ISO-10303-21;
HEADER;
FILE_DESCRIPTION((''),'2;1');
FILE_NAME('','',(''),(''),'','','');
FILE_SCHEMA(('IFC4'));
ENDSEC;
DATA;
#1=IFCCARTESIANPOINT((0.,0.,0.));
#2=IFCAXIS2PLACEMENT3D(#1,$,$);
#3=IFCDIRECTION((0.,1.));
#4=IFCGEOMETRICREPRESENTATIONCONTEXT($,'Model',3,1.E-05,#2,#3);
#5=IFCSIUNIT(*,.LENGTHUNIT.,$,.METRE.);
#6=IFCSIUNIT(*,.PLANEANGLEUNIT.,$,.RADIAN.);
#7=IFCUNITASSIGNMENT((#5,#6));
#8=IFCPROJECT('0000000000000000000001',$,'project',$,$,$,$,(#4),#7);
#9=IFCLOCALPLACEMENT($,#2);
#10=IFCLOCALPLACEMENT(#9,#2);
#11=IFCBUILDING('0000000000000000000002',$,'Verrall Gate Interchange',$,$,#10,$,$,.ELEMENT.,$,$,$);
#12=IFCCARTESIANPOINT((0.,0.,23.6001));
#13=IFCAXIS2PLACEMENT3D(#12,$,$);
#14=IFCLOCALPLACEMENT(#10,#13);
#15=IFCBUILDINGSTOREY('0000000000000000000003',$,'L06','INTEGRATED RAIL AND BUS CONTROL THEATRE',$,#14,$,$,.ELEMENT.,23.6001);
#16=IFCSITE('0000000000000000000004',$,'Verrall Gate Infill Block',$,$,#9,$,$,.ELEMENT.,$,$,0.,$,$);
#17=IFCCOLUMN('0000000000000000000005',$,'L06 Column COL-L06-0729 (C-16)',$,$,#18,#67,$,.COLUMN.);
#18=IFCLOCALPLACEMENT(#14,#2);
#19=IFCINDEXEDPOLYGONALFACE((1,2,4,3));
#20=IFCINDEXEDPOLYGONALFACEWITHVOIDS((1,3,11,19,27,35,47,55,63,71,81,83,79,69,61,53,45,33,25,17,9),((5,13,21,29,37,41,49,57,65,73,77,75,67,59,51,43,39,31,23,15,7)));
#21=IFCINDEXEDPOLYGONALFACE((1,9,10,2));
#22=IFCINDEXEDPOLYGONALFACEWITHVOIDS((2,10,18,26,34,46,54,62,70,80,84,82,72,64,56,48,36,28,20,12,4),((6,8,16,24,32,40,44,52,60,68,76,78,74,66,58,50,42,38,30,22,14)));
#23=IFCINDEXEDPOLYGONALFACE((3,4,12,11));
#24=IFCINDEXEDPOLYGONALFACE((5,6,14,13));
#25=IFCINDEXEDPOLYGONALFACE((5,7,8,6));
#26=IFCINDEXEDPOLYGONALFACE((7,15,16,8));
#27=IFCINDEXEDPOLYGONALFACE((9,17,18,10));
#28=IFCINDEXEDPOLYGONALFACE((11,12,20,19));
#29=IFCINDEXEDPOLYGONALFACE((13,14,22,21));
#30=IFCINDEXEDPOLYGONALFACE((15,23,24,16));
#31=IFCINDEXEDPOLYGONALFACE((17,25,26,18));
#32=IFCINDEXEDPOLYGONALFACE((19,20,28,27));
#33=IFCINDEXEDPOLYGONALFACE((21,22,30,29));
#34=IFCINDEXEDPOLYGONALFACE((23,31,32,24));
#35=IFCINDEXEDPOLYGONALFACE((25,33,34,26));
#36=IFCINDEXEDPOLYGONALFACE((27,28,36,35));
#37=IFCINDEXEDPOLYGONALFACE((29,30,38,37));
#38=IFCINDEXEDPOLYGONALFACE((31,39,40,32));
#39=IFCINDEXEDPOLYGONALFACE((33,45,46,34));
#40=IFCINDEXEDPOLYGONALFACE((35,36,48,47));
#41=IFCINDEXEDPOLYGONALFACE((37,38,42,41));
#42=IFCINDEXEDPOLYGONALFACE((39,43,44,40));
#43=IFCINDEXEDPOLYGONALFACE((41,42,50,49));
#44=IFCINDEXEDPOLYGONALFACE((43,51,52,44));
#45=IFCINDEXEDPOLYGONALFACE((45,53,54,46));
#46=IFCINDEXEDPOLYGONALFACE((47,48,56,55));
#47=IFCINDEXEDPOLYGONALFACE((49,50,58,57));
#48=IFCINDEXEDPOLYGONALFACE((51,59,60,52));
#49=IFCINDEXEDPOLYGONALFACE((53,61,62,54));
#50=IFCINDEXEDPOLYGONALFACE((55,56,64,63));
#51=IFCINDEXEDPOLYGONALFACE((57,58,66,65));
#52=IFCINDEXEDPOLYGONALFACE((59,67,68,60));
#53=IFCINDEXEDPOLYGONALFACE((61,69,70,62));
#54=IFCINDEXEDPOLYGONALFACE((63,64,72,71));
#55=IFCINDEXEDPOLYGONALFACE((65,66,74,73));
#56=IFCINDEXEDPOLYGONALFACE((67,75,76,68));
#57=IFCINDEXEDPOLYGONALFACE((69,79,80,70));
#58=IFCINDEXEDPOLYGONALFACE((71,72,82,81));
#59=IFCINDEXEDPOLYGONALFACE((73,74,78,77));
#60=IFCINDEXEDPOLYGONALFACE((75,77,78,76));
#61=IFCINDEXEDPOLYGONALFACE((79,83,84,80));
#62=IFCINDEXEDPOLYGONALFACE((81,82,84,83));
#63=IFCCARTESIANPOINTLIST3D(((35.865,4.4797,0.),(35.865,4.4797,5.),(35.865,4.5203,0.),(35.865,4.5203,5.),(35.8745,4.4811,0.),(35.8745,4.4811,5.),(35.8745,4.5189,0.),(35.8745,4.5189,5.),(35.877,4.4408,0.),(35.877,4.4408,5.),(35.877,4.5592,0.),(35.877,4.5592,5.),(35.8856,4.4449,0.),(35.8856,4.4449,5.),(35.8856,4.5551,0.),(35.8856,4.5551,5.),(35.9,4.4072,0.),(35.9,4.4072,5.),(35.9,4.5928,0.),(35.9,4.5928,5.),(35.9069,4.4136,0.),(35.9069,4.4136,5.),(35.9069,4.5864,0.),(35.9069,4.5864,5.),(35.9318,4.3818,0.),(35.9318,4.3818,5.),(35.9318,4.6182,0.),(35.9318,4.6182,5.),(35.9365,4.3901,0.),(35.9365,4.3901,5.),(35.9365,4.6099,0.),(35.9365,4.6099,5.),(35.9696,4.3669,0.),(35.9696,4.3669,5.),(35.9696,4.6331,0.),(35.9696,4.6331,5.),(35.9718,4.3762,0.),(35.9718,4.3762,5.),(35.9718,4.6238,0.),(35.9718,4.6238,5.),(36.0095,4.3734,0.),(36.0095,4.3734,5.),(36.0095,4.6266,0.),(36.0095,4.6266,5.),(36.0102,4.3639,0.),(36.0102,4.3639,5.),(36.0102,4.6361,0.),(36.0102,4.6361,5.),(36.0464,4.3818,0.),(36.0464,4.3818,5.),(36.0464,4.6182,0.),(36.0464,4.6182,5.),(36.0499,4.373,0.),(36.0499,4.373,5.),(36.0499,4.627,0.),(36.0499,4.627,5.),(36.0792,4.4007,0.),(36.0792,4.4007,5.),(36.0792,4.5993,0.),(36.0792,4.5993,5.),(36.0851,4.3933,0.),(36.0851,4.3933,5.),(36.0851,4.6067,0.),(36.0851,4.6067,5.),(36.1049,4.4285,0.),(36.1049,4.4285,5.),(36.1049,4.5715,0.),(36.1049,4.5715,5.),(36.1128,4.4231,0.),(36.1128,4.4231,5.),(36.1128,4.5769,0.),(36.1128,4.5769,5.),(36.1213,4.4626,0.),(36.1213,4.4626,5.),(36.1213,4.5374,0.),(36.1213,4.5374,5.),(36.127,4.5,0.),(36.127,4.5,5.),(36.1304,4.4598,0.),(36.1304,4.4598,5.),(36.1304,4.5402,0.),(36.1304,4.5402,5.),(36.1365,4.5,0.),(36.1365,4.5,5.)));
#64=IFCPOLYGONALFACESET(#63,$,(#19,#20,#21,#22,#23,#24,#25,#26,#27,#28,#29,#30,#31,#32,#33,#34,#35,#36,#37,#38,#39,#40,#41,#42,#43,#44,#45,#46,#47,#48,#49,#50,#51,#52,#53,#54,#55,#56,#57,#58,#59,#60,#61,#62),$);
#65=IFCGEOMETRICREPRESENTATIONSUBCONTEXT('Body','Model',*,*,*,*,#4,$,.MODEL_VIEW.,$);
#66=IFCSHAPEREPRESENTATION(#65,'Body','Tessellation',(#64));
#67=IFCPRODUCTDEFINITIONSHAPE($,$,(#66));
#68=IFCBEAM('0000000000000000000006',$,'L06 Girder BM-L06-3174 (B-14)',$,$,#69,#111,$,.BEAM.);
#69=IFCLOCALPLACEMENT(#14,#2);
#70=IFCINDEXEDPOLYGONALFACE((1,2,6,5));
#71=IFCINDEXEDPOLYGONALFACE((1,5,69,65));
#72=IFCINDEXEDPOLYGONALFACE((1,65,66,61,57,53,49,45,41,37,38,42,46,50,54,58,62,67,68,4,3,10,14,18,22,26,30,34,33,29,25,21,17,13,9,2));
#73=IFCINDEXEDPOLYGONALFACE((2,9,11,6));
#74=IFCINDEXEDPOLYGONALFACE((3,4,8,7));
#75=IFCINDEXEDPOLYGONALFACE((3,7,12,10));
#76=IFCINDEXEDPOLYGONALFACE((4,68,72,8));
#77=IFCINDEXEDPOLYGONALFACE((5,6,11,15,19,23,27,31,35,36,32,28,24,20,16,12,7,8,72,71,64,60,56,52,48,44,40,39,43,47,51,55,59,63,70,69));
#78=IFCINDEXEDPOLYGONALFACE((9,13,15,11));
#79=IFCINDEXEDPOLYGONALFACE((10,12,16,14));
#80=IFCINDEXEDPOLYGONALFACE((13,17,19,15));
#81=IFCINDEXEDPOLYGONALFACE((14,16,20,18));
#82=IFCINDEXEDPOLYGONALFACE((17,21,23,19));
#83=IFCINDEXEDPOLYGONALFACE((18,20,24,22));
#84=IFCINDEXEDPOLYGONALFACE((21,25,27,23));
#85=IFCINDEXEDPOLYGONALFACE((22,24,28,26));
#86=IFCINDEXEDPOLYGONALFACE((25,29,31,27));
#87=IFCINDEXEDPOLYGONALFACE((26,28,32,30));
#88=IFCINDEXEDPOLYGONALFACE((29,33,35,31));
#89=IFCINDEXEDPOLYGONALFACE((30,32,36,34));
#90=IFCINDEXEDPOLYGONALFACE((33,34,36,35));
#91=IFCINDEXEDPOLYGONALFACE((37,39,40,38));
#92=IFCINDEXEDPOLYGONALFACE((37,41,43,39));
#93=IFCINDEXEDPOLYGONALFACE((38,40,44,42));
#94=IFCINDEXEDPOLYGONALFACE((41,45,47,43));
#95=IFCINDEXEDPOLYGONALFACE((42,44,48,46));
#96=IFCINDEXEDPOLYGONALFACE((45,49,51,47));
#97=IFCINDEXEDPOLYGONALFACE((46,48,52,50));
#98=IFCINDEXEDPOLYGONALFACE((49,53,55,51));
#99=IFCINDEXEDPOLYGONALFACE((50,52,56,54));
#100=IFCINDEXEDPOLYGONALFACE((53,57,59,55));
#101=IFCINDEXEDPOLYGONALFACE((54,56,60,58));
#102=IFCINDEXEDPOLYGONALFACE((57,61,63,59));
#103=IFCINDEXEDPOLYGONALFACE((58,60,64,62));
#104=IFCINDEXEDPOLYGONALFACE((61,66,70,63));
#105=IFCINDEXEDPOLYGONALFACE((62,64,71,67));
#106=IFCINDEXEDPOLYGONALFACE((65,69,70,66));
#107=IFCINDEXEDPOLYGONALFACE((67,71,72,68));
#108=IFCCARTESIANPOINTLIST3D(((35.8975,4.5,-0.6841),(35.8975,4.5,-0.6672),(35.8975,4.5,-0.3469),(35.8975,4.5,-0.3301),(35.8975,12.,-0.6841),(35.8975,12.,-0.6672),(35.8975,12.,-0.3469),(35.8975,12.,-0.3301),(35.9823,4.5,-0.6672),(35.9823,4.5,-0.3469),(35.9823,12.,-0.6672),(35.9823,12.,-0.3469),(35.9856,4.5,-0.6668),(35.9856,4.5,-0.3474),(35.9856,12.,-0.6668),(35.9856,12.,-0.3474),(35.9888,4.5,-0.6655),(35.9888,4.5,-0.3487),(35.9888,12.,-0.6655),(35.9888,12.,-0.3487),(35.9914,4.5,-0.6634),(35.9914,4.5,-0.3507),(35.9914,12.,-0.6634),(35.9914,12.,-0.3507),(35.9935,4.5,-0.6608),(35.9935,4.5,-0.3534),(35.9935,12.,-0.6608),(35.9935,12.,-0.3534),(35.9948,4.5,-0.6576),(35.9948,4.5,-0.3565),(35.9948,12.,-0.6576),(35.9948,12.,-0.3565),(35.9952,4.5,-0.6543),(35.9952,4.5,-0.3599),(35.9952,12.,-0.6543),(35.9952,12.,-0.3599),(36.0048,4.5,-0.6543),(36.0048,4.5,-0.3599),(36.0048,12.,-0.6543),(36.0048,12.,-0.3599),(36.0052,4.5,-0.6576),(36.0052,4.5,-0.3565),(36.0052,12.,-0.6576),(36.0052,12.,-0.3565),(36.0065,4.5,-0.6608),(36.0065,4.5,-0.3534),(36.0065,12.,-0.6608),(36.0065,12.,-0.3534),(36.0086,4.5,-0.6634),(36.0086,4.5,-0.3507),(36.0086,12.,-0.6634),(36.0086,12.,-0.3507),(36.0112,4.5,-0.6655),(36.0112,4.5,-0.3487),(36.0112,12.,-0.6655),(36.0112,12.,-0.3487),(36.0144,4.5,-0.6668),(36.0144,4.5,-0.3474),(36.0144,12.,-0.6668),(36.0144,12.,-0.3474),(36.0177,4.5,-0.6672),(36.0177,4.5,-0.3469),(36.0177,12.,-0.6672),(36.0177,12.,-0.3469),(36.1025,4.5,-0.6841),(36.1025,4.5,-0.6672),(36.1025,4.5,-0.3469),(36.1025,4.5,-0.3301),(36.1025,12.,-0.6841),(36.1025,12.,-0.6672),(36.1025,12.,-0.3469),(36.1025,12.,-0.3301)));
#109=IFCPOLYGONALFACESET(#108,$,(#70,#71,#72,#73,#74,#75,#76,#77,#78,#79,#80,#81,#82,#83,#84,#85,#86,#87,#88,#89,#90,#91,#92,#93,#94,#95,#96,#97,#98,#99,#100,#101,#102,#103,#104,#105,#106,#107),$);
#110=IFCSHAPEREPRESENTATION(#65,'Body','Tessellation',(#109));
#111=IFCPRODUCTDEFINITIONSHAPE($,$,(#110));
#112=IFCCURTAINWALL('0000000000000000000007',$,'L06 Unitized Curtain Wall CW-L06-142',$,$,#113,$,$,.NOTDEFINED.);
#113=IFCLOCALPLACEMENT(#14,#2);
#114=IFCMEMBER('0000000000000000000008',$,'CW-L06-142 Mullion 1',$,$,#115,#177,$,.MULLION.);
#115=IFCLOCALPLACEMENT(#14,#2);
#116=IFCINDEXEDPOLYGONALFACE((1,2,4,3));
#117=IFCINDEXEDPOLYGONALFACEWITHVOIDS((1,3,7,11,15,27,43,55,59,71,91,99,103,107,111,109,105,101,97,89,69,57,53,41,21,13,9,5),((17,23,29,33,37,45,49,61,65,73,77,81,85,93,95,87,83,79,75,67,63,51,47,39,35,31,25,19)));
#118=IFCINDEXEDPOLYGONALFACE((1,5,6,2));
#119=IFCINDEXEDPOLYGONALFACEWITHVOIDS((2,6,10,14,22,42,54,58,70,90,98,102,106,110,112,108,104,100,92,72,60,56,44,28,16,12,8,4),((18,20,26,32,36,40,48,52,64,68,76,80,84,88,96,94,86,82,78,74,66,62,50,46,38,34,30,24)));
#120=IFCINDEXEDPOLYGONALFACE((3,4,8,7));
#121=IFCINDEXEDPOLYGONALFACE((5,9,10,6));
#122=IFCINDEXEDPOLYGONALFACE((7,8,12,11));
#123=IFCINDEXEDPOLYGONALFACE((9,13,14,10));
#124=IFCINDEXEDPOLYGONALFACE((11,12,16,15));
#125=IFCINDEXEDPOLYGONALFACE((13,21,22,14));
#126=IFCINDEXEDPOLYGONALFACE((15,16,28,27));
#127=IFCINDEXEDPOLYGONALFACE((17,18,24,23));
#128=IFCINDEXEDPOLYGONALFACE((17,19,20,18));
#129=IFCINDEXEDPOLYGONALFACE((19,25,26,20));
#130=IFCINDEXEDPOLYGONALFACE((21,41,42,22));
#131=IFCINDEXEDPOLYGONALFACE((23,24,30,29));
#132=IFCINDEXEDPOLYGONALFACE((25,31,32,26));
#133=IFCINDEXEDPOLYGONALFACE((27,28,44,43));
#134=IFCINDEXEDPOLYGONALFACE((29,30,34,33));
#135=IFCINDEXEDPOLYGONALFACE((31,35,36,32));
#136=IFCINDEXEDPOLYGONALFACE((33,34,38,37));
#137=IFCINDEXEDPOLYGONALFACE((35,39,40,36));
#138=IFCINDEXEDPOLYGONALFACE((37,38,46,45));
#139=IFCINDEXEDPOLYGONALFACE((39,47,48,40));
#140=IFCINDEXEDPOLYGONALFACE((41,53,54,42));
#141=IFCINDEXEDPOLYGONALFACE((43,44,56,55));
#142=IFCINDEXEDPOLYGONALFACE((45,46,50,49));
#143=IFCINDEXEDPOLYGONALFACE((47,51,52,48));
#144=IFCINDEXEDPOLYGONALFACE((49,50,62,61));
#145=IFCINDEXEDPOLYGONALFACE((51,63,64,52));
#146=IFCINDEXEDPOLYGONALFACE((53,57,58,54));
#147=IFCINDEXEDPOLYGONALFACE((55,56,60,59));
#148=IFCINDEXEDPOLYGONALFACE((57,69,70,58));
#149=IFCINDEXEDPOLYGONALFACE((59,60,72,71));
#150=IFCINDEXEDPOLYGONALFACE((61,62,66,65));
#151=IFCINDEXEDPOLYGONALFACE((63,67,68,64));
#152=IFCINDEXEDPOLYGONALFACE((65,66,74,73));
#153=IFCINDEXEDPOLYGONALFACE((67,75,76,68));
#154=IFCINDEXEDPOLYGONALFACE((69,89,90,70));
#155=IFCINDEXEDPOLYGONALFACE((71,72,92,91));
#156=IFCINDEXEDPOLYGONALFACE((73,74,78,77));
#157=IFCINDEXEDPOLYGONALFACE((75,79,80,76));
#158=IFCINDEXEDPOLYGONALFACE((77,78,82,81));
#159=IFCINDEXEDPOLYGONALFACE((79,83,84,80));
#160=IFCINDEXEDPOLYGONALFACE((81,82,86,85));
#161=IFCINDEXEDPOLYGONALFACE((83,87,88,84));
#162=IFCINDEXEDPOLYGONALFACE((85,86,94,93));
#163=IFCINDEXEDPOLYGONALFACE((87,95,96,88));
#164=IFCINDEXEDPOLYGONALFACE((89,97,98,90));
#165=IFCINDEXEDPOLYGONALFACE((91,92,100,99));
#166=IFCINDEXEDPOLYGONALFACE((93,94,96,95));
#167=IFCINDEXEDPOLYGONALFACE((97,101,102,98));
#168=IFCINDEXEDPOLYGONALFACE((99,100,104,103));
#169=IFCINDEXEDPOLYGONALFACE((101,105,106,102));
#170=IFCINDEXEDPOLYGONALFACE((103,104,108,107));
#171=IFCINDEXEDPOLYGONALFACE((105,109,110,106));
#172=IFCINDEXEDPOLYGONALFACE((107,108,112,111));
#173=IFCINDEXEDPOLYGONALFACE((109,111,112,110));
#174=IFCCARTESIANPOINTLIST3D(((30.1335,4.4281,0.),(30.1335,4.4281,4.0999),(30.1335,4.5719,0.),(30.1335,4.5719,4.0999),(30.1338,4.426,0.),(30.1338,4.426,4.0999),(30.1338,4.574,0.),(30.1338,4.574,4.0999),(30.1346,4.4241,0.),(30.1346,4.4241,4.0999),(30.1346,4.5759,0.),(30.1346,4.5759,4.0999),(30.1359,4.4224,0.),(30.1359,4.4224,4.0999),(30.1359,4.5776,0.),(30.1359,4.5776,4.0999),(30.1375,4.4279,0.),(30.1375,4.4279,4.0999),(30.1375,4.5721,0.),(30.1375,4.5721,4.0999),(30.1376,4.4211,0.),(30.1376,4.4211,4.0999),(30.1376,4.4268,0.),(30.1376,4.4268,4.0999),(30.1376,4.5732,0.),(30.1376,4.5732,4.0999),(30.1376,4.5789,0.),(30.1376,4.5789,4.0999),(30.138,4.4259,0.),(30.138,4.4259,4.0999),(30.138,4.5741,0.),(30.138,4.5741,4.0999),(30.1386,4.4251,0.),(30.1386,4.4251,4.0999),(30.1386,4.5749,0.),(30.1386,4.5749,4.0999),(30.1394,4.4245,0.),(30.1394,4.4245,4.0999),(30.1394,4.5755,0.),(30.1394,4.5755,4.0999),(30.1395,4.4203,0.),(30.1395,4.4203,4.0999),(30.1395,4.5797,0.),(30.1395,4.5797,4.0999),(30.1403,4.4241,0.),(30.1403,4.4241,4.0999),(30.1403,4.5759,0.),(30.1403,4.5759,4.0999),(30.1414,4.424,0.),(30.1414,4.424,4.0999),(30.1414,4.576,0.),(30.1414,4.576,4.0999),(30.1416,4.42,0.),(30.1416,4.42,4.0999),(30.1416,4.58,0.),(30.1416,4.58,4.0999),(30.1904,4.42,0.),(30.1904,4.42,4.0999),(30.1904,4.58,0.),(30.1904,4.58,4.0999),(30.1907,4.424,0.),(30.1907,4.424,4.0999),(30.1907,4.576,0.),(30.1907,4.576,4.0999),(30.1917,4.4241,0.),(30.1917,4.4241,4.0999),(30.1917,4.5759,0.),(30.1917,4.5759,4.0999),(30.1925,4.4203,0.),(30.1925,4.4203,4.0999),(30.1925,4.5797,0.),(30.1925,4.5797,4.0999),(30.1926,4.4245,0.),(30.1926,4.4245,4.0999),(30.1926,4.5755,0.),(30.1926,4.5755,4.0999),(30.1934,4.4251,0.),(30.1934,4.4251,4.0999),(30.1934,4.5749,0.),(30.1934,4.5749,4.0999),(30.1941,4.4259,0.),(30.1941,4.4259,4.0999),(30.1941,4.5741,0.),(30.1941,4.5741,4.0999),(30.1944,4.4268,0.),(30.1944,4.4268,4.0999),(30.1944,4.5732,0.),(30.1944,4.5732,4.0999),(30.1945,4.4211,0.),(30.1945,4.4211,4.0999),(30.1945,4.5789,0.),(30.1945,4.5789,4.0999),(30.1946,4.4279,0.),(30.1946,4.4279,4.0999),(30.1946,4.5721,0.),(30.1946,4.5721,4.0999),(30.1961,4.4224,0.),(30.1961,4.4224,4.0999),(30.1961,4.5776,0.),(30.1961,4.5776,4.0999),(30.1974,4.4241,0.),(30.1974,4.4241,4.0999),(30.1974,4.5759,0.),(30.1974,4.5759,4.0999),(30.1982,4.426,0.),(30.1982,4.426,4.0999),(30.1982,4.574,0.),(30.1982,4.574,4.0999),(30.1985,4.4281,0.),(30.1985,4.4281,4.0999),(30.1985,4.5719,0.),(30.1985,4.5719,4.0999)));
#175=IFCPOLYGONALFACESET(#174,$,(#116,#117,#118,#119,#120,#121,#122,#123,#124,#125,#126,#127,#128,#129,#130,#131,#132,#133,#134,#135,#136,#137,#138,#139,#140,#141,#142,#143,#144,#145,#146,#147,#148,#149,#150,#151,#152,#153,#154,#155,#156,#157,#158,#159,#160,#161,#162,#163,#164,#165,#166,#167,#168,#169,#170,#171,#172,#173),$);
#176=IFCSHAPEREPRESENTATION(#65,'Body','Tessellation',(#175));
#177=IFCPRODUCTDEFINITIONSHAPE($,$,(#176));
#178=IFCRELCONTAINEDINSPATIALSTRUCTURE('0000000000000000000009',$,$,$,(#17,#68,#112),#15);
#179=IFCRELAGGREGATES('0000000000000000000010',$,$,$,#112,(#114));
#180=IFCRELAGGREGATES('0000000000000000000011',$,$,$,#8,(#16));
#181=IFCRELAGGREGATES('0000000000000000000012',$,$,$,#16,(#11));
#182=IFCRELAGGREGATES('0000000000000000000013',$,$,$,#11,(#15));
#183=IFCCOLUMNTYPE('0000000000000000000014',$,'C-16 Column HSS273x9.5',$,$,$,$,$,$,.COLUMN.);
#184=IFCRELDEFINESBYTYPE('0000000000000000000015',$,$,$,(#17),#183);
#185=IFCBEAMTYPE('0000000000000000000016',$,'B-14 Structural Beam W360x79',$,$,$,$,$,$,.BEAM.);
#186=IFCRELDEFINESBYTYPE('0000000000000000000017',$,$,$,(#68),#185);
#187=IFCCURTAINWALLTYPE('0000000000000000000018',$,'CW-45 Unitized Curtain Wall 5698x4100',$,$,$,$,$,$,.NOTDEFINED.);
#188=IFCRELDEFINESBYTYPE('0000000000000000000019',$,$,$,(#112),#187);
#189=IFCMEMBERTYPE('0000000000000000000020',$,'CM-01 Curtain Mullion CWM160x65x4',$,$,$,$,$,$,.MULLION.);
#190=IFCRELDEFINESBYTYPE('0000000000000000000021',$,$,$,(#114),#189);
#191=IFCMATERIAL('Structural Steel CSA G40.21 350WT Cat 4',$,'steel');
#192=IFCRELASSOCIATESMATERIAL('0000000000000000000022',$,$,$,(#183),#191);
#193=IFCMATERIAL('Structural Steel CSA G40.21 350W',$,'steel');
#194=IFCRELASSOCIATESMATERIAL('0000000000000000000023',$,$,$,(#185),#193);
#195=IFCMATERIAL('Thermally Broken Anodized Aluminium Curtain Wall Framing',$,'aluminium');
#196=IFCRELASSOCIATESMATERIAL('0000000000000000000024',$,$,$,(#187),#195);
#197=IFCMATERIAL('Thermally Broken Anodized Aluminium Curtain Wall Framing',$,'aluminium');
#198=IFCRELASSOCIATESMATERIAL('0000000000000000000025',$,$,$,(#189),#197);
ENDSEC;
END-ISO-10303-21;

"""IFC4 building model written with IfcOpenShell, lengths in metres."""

from ifc_helpers import new_model, si_unit, direction, frame, origin, origin_2d, place, context, subcontext, project, spatial, hollow_rectangle, hollow_circle, i_section, extrude, material, material_profile, profile_set, type_object, element, aggregate, save


model = new_model("IFC4")

# Units and contexts
model_context = context("Model", 3, precision=1e-05, world=origin(), true_north=direction((0.0, 1.0)))
body_context = subcontext(model_context, "Body", "Model", "MODEL_VIEW")
ifc_project = project(units=[si_unit("LENGTHUNIT", "METRE"), si_unit("PLANEANGLEUNIT", "RADIAN")], contexts=[model_context])

# Site, building, storey
site_placement = place(None, origin())
site = spatial("IfcSite", under=ifc_project, at=site_placement, Name="Verrall Gate Infill Block", CompositionType="ELEMENT", RefElevation=0.0)
building_placement = place(site_placement, origin())
building = spatial("IfcBuilding", under=site, at=building_placement, Name="Verrall Gate Interchange", CompositionType="ELEMENT")
storey_placement = place(building_placement, frame((0.0, 0.0, 23.6001)))
storey = spatial("IfcBuildingStorey", under=building, at=storey_placement, Name="L06", Description="INTEGRATED RAIL AND BUS CONTROL THEATRE", CompositionType="ELEMENT", Elevation=23.6001)

# Column
ifc_material_1 = material(Name="Structural Steel CSA G40.21 350WT Cat 4", Category="steel")
ifc_material_profile_1 = material_profile(ifc_material_1, hollow_circle(Radius=0.1365, WallThickness=0.0095, at=origin_2d()), Name="HSS273x9.5")
ifc_profile_set_1 = profile_set([ifc_material_profile_1], Name="Structural Steel CSA G40.21 350WT Cat 4")
column_type = type_object("IfcColumnType", Name="C-16 Column HSS273x9.5", PredefinedType="COLUMN", material=ifc_profile_set_1)
column_placement = place(storey_placement, frame((36.0, 4.5, 0.0), z_axis=(0.0, 0.0, 1.0), x_axis=(1.0, 0.0, 0.0)))
element("IfcColumn", 1, at=column_placement, inside=storey, type_object=column_type, Name="L06 Column COL-L06-0729 (C-16)", PredefinedType="COLUMN", context=body_context, shape_type="SweptSolid", body=[
    extrude(hollow_circle(Radius=0.1365, WallThickness=0.0095, at=origin_2d()), origin(), (0.0, 0.0, 1.0), 5.0),
])

# Beam
ifc_material_2 = material(Name="Structural Steel CSA G40.21 350W", Category="steel")
ifc_material_profile_2 = material_profile(ifc_material_2, i_section(OverallWidth=0.2051, OverallDepth=0.354, WebThickness=0.0095, FlangeThickness=0.0168, FilletRadius=0.0129, at=origin_2d()), Name="W360x79")
ifc_profile_set_2 = profile_set([ifc_material_profile_2], Name="Structural Steel CSA G40.21 350W")
beam_type_1 = type_object("IfcBeamType", Name="B-14 Structural Beam W360x79", PredefinedType="BEAM", material=ifc_profile_set_2)
beam_1_placement = place(storey_placement, frame((36.0, 4.5, -0.5071), z_axis=(0.0, 1.0, 0.0), x_axis=(-1.0, 0.0, 0.0)))
element("IfcBeam", 2, at=beam_1_placement, inside=storey, type_object=beam_type_1, Name="L06 Girder BM-L06-3174 (B-14)", PredefinedType="BEAM", context=body_context, shape_type="SweptSolid", body=[
    extrude(i_section(OverallWidth=0.2051, OverallDepth=0.354, WebThickness=0.0095, FlangeThickness=0.0168, FilletRadius=0.0129, at=origin_2d()), origin(), (0.0, 0.0, 1.0), 7.5),
])

# Curtain wall, member
ifc_material_3 = material(Name="Thermally Broken Anodized Aluminium Curtain Wall Framing", Category="aluminium")
curtain_wall_type_1 = type_object("IfcCurtainWallType", Name="CW-45 Unitized Curtain Wall 5698x4100", PredefinedType="NOTDEFINED", material=ifc_material_3)
curtain_wall_1_placement = place(storey_placement, origin())
curtain_wall_1 = element("IfcCurtainWall", 3, at=curtain_wall_1_placement, inside=storey, type_object=curtain_wall_type_1, Name="L06 Unitized Curtain Wall CW-L06-142", PredefinedType="NOTDEFINED")
ifc_material_4 = material(Name="Thermally Broken Anodized Aluminium Curtain Wall Framing", Category="aluminium")
ifc_material_profile_3 = material_profile(ifc_material_4, hollow_rectangle(XDim=0.0649, YDim=0.1599, WallThickness=0.0039, InnerFilletRadius=0.0039, OuterFilletRadius=0.0081, at=origin_2d()), Name="CWM160x65x4")
ifc_profile_set_3 = profile_set([ifc_material_profile_3], Name="Thermally Broken Anodized Aluminium Curtain Wall Framing")
member_type_1 = type_object("IfcMemberType", Name="CM-01 Curtain Mullion CWM160x65x4", PredefinedType="MULLION", material=ifc_profile_set_3)
member_1_placement = place(storey_placement, frame((30.166, 4.5, 0.0), z_axis=(0.0, 0.0, 1.0), x_axis=(1.0, 0.0, 0.0)))
member_1 = element("IfcMember", 4, at=member_1_placement, type_object=member_type_1, Name="CW-L06-142 Mullion 1", PredefinedType="MULLION", context=body_context, shape_type="SweptSolid", body=[
    extrude(hollow_rectangle(XDim=0.0649, YDim=0.1599, WallThickness=0.0039, InnerFilletRadius=0.0039, OuterFilletRadius=0.0081, at=origin_2d()), origin(), (0.0, 0.0, 1.0), 4.0999),
])

aggregate(curtain_wall_1, [member_1])

save(model, "model.ifc")
